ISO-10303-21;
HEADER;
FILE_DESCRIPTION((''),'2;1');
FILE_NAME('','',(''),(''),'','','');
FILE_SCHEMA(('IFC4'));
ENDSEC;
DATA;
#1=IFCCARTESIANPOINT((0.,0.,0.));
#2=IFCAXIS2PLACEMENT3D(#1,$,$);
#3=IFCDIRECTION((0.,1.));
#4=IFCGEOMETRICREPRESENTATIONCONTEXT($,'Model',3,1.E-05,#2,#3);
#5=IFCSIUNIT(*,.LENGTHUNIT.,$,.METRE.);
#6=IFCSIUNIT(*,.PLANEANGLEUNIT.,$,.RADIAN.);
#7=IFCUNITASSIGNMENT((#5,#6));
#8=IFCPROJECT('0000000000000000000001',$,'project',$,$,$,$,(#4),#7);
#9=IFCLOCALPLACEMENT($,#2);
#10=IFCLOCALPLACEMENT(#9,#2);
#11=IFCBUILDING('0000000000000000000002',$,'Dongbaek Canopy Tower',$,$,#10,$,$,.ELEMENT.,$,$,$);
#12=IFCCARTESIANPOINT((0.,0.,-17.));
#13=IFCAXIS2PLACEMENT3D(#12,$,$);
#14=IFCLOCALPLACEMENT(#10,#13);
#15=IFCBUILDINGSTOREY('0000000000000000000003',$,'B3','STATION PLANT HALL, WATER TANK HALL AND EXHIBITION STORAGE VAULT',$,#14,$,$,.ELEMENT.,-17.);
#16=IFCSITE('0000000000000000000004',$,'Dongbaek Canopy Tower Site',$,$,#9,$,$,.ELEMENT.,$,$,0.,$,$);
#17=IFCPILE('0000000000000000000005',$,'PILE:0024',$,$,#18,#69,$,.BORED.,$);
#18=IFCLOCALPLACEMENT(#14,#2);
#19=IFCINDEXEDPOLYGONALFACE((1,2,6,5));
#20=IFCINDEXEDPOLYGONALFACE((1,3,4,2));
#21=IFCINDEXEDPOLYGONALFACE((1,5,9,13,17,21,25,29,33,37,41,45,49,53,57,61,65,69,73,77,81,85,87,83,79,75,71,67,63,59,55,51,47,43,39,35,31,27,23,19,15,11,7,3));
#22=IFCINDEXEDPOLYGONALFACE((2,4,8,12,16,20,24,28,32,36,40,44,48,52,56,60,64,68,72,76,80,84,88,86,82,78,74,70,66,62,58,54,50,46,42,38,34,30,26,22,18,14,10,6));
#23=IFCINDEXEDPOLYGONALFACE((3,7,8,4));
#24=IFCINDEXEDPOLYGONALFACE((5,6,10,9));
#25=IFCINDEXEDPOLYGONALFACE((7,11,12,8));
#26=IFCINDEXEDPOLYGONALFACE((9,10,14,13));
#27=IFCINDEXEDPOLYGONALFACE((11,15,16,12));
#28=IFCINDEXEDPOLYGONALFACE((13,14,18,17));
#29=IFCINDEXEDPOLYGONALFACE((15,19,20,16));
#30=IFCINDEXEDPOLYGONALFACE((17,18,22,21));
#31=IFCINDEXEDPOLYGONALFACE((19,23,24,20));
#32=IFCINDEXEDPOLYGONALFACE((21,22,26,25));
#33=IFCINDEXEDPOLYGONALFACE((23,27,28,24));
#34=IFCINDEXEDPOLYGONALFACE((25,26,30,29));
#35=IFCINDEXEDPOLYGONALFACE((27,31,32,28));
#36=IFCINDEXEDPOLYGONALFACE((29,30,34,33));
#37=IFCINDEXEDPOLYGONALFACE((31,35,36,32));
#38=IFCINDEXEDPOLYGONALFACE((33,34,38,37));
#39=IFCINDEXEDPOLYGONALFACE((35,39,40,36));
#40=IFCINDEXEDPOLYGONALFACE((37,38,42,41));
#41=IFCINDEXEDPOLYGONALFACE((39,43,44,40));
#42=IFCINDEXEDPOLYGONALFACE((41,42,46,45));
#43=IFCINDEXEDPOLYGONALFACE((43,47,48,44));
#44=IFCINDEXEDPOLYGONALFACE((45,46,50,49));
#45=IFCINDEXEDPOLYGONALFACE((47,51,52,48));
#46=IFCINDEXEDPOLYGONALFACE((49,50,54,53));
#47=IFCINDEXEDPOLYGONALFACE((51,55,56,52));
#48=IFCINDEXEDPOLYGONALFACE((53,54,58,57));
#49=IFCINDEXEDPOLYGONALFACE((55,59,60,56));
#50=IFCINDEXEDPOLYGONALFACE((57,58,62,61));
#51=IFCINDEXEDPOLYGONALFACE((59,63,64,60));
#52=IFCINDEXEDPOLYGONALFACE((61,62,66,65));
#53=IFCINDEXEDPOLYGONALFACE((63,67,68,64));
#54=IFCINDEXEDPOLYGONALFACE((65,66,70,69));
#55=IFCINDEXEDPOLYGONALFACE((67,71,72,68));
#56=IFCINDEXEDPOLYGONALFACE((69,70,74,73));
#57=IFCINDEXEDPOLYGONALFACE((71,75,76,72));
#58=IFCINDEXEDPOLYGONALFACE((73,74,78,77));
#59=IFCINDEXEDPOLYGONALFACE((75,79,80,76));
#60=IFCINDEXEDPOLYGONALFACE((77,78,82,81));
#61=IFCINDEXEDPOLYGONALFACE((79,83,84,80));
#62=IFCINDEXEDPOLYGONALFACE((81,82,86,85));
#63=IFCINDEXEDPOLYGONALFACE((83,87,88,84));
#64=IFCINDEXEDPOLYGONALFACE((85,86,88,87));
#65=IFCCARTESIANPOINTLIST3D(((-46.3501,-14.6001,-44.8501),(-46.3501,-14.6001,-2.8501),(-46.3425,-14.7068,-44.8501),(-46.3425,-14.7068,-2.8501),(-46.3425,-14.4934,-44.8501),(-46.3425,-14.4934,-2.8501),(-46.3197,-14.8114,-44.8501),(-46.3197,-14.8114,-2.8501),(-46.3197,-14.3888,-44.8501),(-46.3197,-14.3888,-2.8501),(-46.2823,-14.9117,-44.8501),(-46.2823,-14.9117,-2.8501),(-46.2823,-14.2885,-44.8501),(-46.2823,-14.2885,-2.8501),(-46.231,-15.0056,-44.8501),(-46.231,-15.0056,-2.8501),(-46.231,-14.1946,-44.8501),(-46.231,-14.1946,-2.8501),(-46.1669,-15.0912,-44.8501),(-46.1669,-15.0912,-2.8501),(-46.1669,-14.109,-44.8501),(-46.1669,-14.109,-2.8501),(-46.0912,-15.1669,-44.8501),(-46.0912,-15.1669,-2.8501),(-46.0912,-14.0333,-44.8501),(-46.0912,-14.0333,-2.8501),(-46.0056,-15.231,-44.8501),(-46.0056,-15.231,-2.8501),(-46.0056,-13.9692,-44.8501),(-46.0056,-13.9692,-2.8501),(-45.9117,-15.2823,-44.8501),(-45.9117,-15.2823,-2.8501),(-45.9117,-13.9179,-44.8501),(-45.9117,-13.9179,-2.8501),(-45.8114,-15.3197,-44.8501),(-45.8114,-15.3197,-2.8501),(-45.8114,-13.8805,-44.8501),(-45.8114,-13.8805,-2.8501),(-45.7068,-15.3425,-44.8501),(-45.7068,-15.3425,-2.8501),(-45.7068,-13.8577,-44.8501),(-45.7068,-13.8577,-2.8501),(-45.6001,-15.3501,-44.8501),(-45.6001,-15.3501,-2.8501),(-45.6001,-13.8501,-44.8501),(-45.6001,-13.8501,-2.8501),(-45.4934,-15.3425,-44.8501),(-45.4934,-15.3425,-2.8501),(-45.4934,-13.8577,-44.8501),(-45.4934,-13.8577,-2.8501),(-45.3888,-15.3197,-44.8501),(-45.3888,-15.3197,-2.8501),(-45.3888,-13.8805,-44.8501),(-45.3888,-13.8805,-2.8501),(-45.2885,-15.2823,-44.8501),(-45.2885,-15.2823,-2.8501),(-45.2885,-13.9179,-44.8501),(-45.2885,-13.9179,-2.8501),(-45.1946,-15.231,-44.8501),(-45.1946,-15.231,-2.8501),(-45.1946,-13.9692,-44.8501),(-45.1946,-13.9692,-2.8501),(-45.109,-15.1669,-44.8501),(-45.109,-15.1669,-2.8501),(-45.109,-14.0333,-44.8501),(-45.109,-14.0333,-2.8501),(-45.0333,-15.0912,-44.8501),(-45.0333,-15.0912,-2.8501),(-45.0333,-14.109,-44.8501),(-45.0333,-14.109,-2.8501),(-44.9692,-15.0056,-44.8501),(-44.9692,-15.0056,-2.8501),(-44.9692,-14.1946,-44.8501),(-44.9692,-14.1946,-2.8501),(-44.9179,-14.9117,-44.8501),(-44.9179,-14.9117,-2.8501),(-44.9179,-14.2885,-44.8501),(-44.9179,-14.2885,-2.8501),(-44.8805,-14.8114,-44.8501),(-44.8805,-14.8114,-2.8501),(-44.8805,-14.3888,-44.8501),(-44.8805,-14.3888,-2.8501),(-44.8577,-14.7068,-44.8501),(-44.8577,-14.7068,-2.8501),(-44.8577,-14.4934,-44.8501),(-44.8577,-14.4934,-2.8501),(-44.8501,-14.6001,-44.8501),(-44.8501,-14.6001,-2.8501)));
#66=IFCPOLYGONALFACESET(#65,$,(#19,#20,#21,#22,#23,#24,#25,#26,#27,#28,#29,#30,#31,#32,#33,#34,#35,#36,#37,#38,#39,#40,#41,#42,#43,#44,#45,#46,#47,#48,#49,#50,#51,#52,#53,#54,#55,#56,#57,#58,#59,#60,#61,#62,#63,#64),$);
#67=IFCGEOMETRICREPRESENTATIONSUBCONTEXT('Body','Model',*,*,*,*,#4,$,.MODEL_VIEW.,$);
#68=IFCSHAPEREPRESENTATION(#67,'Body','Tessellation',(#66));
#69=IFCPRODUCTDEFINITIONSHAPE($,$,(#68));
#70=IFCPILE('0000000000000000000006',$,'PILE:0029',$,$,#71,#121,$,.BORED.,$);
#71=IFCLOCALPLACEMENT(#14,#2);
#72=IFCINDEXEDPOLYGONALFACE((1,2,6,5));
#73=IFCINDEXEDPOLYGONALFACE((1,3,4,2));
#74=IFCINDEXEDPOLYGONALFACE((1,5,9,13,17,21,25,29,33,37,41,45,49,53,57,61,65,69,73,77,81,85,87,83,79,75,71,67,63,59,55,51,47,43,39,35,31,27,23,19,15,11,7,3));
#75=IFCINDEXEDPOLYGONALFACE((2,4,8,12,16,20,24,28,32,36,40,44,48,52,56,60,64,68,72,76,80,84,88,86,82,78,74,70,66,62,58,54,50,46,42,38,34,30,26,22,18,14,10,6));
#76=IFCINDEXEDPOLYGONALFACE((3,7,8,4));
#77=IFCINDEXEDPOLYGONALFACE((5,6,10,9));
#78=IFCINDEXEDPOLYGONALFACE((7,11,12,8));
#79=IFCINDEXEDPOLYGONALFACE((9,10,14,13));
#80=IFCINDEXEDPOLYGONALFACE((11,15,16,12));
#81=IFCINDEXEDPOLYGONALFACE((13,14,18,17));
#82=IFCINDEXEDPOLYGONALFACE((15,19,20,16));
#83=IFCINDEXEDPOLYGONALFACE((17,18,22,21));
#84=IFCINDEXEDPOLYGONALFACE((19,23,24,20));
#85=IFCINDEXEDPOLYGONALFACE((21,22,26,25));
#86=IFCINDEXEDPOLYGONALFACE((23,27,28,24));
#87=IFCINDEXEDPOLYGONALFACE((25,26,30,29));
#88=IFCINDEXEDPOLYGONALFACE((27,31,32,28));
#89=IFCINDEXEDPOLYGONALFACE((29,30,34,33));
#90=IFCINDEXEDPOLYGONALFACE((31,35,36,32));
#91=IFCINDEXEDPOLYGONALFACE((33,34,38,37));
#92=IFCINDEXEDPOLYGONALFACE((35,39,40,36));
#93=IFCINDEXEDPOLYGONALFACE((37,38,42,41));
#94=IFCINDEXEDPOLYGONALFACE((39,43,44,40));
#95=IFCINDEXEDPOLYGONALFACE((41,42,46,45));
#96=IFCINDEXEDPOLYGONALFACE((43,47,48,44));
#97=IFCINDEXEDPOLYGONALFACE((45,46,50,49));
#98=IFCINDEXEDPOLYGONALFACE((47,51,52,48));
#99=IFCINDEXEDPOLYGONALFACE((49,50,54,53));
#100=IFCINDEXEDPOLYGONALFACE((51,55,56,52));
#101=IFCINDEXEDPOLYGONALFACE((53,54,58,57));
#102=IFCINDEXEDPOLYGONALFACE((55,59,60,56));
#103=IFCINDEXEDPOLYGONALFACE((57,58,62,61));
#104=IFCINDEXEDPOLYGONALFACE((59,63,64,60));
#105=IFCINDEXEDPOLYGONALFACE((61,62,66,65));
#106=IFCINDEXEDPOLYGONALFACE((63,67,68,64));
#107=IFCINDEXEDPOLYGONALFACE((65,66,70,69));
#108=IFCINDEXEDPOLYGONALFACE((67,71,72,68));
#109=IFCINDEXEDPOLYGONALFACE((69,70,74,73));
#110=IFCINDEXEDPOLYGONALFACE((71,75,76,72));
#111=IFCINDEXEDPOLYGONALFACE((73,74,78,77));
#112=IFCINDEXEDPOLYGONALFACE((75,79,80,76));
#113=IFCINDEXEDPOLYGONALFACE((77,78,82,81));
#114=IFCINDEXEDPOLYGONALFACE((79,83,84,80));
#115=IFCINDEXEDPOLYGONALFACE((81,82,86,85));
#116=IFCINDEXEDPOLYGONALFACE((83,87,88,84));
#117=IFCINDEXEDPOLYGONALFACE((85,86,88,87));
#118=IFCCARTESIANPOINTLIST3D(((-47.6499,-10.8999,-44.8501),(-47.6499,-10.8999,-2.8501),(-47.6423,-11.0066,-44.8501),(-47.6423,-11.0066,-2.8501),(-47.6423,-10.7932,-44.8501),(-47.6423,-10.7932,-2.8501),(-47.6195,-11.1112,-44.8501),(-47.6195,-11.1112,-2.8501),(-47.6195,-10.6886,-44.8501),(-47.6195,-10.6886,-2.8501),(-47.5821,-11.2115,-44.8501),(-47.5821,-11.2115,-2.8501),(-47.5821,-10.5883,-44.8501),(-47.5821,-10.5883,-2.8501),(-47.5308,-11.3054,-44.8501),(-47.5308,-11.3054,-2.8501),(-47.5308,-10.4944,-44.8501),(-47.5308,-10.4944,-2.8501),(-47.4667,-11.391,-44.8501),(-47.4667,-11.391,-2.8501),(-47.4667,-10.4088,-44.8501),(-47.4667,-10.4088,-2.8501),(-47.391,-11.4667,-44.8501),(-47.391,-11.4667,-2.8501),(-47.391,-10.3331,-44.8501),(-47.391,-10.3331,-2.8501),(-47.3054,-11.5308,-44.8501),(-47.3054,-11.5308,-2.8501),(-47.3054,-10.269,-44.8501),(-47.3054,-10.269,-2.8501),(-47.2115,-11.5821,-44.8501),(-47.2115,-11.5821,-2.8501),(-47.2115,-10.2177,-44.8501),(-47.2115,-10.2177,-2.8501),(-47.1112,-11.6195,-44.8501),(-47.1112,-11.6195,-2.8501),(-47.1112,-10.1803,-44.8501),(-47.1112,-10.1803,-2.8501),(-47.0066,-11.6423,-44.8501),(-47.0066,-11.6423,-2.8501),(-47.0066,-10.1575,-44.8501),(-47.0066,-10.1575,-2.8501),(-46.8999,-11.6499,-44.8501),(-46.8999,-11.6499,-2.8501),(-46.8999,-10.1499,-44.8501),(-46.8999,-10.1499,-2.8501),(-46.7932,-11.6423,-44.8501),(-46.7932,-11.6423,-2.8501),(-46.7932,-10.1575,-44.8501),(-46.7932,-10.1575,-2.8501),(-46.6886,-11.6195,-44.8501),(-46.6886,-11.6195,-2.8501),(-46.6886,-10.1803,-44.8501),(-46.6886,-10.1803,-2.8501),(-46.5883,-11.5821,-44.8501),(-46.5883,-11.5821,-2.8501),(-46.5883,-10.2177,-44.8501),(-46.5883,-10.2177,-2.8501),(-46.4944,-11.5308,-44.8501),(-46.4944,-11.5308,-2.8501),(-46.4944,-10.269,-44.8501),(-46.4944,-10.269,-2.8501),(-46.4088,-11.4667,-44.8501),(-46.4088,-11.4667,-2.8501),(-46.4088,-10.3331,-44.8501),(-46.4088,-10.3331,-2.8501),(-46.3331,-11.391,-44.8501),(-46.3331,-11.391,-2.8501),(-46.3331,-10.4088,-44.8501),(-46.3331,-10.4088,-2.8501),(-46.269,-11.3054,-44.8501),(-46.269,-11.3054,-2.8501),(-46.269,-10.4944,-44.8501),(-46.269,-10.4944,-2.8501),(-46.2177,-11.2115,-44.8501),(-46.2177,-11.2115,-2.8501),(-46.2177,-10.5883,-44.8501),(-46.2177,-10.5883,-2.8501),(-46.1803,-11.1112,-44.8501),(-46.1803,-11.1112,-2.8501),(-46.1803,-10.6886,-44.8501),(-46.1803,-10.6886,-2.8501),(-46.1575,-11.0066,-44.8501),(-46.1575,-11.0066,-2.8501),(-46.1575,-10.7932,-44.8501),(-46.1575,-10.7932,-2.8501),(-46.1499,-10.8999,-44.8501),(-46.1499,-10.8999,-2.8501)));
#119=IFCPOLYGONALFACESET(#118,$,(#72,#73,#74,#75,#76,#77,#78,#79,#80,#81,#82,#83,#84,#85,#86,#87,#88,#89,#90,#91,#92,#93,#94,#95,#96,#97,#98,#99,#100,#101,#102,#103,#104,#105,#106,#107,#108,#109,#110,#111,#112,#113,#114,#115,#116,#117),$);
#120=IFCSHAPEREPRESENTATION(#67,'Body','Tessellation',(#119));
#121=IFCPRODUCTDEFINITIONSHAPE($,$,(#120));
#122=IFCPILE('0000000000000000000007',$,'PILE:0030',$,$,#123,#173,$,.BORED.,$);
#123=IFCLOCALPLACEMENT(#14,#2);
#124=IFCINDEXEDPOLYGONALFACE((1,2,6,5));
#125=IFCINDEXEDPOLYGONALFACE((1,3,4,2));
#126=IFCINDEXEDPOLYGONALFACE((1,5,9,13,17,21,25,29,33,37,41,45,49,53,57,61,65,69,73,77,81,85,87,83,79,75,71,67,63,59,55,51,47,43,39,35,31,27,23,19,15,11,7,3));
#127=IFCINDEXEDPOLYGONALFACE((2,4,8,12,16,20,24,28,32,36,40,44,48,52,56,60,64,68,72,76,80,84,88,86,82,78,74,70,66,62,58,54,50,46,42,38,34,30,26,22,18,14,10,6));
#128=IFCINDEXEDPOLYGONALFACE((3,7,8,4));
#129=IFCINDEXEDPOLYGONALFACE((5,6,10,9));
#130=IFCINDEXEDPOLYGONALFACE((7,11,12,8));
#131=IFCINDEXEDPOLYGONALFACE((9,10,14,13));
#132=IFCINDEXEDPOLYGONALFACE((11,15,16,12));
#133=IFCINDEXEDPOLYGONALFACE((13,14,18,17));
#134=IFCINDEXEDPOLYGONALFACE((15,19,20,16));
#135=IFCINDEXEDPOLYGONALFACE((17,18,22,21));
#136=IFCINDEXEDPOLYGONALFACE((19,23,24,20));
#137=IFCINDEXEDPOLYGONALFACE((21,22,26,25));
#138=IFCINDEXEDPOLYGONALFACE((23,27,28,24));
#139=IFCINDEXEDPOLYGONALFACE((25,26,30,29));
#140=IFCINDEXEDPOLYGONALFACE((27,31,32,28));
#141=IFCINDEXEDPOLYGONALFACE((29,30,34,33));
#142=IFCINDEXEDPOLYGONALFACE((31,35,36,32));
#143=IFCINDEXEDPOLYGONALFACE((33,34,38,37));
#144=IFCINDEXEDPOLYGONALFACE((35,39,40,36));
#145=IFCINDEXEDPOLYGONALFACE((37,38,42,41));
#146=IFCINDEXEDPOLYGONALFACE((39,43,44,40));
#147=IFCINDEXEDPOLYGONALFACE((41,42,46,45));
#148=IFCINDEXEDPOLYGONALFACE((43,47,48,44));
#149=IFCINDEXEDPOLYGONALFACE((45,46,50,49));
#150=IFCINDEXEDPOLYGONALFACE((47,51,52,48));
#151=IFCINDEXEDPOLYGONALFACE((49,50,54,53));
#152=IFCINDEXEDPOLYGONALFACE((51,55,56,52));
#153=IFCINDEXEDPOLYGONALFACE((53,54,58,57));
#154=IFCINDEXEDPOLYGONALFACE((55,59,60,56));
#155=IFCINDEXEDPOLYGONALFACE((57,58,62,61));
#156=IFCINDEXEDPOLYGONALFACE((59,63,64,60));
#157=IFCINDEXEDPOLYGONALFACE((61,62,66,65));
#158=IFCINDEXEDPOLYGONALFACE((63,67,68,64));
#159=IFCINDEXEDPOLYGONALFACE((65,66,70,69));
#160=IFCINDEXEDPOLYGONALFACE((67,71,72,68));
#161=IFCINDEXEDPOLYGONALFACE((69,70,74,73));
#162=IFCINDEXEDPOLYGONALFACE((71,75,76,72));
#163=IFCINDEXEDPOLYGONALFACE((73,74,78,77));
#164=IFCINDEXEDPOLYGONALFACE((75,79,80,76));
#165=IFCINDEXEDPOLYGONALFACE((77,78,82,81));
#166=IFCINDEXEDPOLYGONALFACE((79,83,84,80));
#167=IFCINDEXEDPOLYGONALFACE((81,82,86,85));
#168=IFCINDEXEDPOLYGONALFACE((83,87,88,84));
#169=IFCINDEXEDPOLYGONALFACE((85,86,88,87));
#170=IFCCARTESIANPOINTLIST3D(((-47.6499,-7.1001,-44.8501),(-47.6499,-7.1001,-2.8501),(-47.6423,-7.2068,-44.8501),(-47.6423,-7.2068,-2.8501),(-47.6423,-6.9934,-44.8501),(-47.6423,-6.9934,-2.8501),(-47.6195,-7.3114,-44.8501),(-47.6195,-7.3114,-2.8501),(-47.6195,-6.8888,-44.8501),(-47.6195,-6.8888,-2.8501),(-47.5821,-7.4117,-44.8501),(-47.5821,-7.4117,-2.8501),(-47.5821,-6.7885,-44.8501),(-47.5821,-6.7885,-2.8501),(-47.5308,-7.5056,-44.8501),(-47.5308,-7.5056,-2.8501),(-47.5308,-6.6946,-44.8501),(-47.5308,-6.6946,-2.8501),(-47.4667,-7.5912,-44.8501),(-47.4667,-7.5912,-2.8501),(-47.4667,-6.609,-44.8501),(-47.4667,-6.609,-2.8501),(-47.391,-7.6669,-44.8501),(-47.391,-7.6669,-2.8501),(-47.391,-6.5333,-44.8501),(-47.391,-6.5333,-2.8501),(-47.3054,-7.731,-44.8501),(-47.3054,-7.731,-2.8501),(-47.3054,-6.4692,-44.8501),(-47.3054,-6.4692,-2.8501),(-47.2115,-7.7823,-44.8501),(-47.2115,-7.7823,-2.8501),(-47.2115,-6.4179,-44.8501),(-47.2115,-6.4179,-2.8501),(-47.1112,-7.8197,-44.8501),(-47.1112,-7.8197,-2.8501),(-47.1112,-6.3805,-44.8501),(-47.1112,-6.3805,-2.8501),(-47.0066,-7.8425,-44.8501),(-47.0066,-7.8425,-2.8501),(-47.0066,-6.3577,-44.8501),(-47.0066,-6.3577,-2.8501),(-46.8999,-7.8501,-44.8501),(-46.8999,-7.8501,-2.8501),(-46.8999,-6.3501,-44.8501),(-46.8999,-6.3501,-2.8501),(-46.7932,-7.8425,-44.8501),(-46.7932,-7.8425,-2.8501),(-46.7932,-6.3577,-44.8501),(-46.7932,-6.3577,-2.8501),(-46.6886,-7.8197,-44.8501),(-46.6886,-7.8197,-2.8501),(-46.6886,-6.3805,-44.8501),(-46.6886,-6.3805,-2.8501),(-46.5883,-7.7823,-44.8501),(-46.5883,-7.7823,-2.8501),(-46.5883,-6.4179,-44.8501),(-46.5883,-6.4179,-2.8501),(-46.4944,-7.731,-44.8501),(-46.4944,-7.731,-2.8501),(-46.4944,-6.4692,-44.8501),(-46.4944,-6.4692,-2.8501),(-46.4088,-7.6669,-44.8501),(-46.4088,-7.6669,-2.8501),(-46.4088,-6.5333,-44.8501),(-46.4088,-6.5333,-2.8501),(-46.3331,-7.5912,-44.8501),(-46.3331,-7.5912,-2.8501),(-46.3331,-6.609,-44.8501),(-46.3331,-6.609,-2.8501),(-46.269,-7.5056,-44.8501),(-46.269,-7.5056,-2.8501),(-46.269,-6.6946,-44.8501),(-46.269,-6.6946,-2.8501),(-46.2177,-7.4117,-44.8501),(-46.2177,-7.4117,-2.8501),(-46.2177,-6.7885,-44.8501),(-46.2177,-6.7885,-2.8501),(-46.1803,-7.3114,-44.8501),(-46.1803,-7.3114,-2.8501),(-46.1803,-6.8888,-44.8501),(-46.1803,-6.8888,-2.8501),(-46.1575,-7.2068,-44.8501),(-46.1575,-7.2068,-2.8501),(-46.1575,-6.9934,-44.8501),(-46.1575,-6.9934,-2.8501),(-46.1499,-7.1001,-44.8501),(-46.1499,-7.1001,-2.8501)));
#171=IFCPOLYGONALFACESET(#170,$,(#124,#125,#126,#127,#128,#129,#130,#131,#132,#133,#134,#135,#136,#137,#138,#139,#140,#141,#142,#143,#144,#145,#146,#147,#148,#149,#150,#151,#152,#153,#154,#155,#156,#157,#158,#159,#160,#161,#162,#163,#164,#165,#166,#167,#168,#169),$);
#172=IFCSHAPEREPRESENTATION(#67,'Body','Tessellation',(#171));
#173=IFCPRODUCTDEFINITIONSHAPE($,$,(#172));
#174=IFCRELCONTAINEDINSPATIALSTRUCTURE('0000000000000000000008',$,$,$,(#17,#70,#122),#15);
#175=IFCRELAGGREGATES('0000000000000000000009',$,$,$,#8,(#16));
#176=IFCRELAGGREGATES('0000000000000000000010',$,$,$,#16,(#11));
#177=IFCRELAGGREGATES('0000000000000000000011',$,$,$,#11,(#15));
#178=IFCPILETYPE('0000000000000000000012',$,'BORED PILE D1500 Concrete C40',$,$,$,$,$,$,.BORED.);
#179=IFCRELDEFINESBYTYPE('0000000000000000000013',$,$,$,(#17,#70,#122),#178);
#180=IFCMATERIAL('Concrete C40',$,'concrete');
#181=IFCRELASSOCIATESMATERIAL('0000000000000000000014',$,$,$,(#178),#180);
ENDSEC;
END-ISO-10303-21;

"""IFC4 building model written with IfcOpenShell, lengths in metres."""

from ifc_helpers import new_model, si_unit, direction, frame, origin, origin_2d, place, context, subcontext, project, spatial, circle, extrude, material, material_profile, profile_set, type_object, element, save


model = new_model("IFC4")

# Units and contexts
model_context = context("Model", 3, precision=1e-05, world=origin(), true_north=direction((0.0, 1.0)))
body_context = subcontext(model_context, "Body", "Model", "MODEL_VIEW")
ifc_project = project(units=[si_unit("LENGTHUNIT", "METRE"), si_unit("PLANEANGLEUNIT", "RADIAN")], contexts=[model_context])

# Site, building, storey
site_placement = place(None, origin())
site = spatial("IfcSite", under=ifc_project, at=site_placement, Name="Dongbaek Canopy Tower Site", CompositionType="ELEMENT", RefElevation=0.0)
building_placement = place(site_placement, origin())
building = spatial("IfcBuilding", under=site, at=building_placement, Name="Dongbaek Canopy Tower", CompositionType="ELEMENT")
storey_placement = place(building_placement, frame((0.0, 0.0, -17.0)))
storey = spatial("IfcBuildingStorey", under=building, at=storey_placement, Name="B3", Description="STATION PLANT HALL, WATER TANK HALL AND EXHIBITION STORAGE VAULT", CompositionType="ELEMENT", Elevation=-17.0)

# Piles
ifc_material_1 = material(Name="Concrete C40", Category="concrete")
ifc_material_profile_1 = material_profile(ifc_material_1, circle(Radius=0.75, at=origin_2d()), Name="BORED PILE D1500 Concrete C40")
ifc_profile_set_1 = profile_set([ifc_material_profile_1], Name="Concrete C40")
pile_type = type_object("IfcPileType", Name="BORED PILE D1500 Concrete C40", PredefinedType="BORED", material=ifc_profile_set_1)
for number, where, z_axis, x_axis, name in (
    (1, (-45.6001, -14.6001, -2.8501), (0.0, 0.0, -1.0), (1.0, 0.0, 0.0), "PILE:0024"),
    (2, (-46.8999, -10.8999, -2.8501), (0.0, 0.0, -1.0), (1.0, 0.0, 0.0), "PILE:0029"),
    (3, (-46.8999, -7.1001, -2.8501), (0.0, 0.0, -1.0), (1.0, 0.0, 0.0), "PILE:0030"),
):
    element("IfcPile", number, at=place(storey_placement, frame(where, z_axis=z_axis, x_axis=x_axis)), inside=storey, type_object=pile_type, Name=name, PredefinedType="BORED", context=body_context, shape_type="SweptSolid", body=[
        extrude(circle(Radius=0.75, at=origin_2d()), origin(), (0.0, 0.0, 1.0), 42.0),
    ])

save(model, "model.ifc")
